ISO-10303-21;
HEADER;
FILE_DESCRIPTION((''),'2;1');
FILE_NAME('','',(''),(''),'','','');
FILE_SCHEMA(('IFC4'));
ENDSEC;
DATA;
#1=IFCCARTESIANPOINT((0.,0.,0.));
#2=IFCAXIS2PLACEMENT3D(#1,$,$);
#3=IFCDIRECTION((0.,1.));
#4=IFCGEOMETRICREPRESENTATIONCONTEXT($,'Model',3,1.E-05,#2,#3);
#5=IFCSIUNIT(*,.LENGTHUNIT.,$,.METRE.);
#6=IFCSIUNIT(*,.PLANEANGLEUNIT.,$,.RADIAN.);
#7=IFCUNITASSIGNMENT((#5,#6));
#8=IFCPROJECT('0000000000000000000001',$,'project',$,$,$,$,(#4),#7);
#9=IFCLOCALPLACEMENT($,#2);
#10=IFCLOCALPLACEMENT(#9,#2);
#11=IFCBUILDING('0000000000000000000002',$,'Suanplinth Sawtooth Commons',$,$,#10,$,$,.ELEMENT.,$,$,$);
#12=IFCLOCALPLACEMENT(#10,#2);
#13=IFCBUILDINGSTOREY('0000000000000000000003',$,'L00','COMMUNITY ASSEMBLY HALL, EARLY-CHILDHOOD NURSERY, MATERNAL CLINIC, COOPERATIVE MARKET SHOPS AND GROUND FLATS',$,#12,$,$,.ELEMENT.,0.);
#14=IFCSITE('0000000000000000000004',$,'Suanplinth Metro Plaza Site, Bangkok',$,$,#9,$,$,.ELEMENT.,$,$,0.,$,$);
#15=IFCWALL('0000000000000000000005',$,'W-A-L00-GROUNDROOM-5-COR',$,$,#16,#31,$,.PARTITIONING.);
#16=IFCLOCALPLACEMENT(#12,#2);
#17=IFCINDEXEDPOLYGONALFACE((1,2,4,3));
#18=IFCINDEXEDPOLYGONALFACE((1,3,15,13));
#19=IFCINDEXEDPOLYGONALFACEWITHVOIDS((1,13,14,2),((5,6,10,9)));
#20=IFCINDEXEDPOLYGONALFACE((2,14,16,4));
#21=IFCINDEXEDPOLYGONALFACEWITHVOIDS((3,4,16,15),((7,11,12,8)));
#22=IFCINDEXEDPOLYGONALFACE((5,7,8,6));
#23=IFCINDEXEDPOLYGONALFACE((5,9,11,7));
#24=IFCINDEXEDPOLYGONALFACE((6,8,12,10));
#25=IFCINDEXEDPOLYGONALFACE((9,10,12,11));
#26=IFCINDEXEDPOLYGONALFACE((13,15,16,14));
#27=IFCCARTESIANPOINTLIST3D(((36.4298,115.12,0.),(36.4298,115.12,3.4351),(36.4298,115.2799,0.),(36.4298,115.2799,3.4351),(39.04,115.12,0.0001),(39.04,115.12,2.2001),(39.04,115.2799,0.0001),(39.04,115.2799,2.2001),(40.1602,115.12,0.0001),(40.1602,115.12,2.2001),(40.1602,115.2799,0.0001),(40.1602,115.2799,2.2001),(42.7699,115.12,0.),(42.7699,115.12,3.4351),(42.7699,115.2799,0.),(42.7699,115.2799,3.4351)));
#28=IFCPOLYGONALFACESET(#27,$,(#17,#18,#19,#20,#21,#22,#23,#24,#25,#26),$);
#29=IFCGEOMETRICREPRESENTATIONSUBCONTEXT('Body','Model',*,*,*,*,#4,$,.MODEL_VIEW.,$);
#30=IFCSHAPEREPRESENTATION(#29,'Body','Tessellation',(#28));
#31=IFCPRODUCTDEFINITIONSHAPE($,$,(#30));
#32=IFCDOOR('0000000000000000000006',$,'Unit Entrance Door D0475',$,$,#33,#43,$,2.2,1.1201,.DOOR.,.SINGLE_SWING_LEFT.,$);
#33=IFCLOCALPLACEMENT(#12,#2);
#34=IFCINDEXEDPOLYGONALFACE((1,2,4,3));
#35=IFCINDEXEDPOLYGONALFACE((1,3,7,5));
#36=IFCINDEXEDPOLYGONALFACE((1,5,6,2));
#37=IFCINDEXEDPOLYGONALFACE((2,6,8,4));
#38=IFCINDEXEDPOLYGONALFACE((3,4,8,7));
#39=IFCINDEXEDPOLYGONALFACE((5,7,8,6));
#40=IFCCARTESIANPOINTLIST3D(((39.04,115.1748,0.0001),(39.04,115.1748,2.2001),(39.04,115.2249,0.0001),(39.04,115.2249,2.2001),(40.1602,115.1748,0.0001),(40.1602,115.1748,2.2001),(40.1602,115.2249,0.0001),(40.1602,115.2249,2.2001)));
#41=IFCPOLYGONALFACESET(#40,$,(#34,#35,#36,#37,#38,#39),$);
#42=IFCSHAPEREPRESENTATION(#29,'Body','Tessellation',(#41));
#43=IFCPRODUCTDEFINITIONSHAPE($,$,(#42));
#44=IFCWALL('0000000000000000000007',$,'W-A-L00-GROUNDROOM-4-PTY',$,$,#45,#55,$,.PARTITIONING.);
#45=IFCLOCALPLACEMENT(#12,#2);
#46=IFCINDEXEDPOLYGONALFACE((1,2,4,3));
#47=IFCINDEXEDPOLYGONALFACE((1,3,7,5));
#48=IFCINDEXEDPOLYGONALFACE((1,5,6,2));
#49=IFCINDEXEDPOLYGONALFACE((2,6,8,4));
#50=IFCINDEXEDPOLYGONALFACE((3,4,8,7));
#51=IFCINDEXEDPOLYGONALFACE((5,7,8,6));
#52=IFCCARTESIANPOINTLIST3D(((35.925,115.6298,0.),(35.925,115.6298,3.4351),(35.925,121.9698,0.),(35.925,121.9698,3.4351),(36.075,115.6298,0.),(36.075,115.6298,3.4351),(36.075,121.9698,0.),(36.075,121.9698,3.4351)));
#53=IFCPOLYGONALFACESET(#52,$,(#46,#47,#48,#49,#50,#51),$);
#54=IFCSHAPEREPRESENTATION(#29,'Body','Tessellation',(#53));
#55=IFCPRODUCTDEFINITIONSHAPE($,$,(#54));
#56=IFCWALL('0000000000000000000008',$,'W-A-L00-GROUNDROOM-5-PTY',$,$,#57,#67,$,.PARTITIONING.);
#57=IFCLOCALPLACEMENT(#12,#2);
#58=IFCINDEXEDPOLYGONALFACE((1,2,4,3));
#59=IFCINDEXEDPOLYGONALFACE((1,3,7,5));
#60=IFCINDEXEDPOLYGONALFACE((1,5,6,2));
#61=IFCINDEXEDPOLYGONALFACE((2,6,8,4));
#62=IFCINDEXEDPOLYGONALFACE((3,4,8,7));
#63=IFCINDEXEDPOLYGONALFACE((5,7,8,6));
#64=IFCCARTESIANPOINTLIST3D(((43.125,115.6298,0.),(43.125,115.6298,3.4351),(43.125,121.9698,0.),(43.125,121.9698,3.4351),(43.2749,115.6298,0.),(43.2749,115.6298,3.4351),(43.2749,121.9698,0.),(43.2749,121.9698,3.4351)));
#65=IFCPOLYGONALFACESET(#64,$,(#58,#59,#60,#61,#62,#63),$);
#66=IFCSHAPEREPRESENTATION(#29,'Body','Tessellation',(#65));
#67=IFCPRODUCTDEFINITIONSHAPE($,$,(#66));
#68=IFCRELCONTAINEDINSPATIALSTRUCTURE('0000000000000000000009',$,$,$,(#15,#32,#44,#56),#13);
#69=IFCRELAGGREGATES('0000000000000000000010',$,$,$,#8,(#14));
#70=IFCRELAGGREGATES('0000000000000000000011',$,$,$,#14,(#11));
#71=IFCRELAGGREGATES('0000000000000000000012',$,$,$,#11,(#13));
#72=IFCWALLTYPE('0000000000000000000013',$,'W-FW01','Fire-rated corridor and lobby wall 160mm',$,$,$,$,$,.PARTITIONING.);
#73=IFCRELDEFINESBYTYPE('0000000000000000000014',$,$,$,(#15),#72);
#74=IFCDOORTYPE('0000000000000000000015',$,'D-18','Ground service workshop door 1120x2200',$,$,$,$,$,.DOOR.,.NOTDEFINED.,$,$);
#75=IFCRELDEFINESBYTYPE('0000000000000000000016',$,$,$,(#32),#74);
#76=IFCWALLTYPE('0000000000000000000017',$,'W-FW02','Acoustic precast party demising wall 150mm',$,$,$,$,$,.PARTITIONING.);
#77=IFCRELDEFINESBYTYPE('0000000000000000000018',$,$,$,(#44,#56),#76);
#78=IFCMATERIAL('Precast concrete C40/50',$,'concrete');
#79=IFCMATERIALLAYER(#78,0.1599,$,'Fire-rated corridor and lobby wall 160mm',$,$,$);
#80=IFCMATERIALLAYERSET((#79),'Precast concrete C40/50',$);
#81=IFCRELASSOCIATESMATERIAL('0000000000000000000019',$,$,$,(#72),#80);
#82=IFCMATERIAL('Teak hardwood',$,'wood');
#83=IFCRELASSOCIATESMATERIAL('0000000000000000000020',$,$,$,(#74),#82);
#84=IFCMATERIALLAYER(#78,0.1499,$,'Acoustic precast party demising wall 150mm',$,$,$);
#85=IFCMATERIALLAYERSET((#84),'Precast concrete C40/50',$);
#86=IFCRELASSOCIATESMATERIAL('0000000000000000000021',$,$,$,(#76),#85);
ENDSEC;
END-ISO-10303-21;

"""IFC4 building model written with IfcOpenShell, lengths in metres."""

from ifc_helpers import new_model, si_unit, direction, frame, frame_2d, origin, place, context, subcontext, project, spatial, rectangle, extrude, material, layer, layer_set, type_object, element, fill, save


model = new_model("IFC4")

# Units and contexts
model_context = context("Model", 3, precision=1e-05, world=origin(), true_north=direction((0.0, 1.0)))
body_context = subcontext(model_context, "Body", "Model", "MODEL_VIEW")
ifc_project = project(units=[si_unit("LENGTHUNIT", "METRE"), si_unit("PLANEANGLEUNIT", "RADIAN")], contexts=[model_context])

# Site, building, storey
site_placement = place(None, origin())
site = spatial("IfcSite", under=ifc_project, at=site_placement, Name="Suanplinth Metro Plaza Site, Bangkok", CompositionType="ELEMENT", RefElevation=0.0)
building_placement = place(site_placement, origin())
building = spatial("IfcBuilding", under=site, at=building_placement, Name="Suanplinth Sawtooth Commons", CompositionType="ELEMENT")
storey_placement = place(building_placement, origin())
storey = spatial("IfcBuildingStorey", under=building, at=storey_placement, Name="L00", Description="COMMUNITY ASSEMBLY HALL, EARLY-CHILDHOOD NURSERY, MATERNAL CLINIC, COOPERATIVE MARKET SHOPS AND GROUND FLATS", CompositionType="ELEMENT", Elevation=0.0)

# Shared definitions
ifc_material_1 = material(Name="Precast concrete C40/50", Category="concrete")

# Wall, opening, door
ifc_layer_1 = layer(ifc_material_1, 0.1599, Name="Fire-rated corridor and lobby wall 160mm")
ifc_layer_set_1 = layer_set([ifc_layer_1], Name="Precast concrete C40/50")
wall_type_1 = type_object("IfcWallType", Name="W-FW01", Description="Fire-rated corridor and lobby wall 160mm", PredefinedType="PARTITIONING", material=ifc_layer_set_1)
wall_1_placement = place(storey_placement, frame((36.4299, 115.2, 0.0), z_axis=(0.0, 0.0, 1.0), x_axis=(1.0, 0.0, 0.0)))
wall_1 = element("IfcWall", 1, at=wall_1_placement, inside=storey, type_object=wall_type_1, Name="W-A-L00-GROUNDROOM-5-COR", PredefinedType="PARTITIONING", context=body_context, shape_type="SweptSolid", body=[
    extrude(rectangle(XDim=6.3401, YDim=0.1599, at=frame_2d((3.1699, 0.0))), origin(), (0.0, 0.0, 1.0), 3.4351),
])
opening_1_placement = place(wall_1_placement, frame((2.6101, 0.0, 0.0)))
opening_1 = element("IfcOpeningElement", 2, at=opening_1_placement, cuts=wall_1, PredefinedType="OPENING", context=body_context, shape_type="SweptSolid", body=[
    extrude(rectangle(XDim=1.1201, YDim=2.2, at=frame_2d((0.5601, 1.1001))), frame((0.0, 0.0947, 0.0), z_axis=(0.0, -1.0, 0.0), x_axis=(1.0, 0.0, 0.0)), (0.0, 0.0, 1.0), 0.1897),
])
ifc_material_2 = material(Name="Teak hardwood", Category="wood")
door_type_1 = type_object("IfcDoorType", Name="D-18", Description="Ground service workshop door 1120x2200", OperationType="NOTDEFINED", PredefinedType="DOOR", material=ifc_material_2)
door_1_placement = place(opening_1_placement, origin())
door_1 = element("IfcDoor", 3, at=door_1_placement, inside=storey, type_object=door_type_1, Name="Unit Entrance Door D0475", OperationType="SINGLE_SWING_LEFT", OverallHeight=2.2, OverallWidth=1.1201, PredefinedType="DOOR", context=body_context, shape_type="SweptSolid", body=[
    extrude(rectangle(XDim=1.1201, YDim=2.2, at=frame_2d((0.5601, 1.1001))), frame((0.0, 0.0249, 0.0), z_axis=(0.0, -1.0, 0.0), x_axis=(1.0, 0.0, 0.0)), (0.0, 0.0, 1.0), 0.05),
])
fill(opening_1, door_1)

# Walls
ifc_layer_2 = layer(ifc_material_1, 0.1499, Name="Acoustic precast party demising wall 150mm")
ifc_layer_set_2 = layer_set([ifc_layer_2], Name="Precast concrete C40/50")
wall_type_2 = type_object("IfcWallType", Name="W-FW02", Description="Acoustic precast party demising wall 150mm", PredefinedType="PARTITIONING", material=ifc_layer_set_2)
for number, where, z_axis, x_axis, name in (
    (4, (36.0, 115.6299, 0.0), (0.0, 0.0, 1.0), (0.0, 1.0, 0.0), "W-A-L00-GROUNDROOM-4-PTY"),
    (5, (43.2, 115.6299, 0.0), (0.0, 0.0, 1.0), (0.0, 1.0, 0.0), "W-A-L00-GROUNDROOM-5-PTY"),
):
    element("IfcWall", number, at=place(storey_placement, frame(where, z_axis=z_axis, x_axis=x_axis)), inside=storey, type_object=wall_type_2, Name=name, PredefinedType="PARTITIONING", context=body_context, shape_type="SweptSolid", body=[
        extrude(rectangle(XDim=6.3401, YDim=0.1499, at=frame_2d((3.1699, 0.0))), origin(), (0.0, 0.0, 1.0), 3.4351),
    ])

save(model, "model.ifc")
